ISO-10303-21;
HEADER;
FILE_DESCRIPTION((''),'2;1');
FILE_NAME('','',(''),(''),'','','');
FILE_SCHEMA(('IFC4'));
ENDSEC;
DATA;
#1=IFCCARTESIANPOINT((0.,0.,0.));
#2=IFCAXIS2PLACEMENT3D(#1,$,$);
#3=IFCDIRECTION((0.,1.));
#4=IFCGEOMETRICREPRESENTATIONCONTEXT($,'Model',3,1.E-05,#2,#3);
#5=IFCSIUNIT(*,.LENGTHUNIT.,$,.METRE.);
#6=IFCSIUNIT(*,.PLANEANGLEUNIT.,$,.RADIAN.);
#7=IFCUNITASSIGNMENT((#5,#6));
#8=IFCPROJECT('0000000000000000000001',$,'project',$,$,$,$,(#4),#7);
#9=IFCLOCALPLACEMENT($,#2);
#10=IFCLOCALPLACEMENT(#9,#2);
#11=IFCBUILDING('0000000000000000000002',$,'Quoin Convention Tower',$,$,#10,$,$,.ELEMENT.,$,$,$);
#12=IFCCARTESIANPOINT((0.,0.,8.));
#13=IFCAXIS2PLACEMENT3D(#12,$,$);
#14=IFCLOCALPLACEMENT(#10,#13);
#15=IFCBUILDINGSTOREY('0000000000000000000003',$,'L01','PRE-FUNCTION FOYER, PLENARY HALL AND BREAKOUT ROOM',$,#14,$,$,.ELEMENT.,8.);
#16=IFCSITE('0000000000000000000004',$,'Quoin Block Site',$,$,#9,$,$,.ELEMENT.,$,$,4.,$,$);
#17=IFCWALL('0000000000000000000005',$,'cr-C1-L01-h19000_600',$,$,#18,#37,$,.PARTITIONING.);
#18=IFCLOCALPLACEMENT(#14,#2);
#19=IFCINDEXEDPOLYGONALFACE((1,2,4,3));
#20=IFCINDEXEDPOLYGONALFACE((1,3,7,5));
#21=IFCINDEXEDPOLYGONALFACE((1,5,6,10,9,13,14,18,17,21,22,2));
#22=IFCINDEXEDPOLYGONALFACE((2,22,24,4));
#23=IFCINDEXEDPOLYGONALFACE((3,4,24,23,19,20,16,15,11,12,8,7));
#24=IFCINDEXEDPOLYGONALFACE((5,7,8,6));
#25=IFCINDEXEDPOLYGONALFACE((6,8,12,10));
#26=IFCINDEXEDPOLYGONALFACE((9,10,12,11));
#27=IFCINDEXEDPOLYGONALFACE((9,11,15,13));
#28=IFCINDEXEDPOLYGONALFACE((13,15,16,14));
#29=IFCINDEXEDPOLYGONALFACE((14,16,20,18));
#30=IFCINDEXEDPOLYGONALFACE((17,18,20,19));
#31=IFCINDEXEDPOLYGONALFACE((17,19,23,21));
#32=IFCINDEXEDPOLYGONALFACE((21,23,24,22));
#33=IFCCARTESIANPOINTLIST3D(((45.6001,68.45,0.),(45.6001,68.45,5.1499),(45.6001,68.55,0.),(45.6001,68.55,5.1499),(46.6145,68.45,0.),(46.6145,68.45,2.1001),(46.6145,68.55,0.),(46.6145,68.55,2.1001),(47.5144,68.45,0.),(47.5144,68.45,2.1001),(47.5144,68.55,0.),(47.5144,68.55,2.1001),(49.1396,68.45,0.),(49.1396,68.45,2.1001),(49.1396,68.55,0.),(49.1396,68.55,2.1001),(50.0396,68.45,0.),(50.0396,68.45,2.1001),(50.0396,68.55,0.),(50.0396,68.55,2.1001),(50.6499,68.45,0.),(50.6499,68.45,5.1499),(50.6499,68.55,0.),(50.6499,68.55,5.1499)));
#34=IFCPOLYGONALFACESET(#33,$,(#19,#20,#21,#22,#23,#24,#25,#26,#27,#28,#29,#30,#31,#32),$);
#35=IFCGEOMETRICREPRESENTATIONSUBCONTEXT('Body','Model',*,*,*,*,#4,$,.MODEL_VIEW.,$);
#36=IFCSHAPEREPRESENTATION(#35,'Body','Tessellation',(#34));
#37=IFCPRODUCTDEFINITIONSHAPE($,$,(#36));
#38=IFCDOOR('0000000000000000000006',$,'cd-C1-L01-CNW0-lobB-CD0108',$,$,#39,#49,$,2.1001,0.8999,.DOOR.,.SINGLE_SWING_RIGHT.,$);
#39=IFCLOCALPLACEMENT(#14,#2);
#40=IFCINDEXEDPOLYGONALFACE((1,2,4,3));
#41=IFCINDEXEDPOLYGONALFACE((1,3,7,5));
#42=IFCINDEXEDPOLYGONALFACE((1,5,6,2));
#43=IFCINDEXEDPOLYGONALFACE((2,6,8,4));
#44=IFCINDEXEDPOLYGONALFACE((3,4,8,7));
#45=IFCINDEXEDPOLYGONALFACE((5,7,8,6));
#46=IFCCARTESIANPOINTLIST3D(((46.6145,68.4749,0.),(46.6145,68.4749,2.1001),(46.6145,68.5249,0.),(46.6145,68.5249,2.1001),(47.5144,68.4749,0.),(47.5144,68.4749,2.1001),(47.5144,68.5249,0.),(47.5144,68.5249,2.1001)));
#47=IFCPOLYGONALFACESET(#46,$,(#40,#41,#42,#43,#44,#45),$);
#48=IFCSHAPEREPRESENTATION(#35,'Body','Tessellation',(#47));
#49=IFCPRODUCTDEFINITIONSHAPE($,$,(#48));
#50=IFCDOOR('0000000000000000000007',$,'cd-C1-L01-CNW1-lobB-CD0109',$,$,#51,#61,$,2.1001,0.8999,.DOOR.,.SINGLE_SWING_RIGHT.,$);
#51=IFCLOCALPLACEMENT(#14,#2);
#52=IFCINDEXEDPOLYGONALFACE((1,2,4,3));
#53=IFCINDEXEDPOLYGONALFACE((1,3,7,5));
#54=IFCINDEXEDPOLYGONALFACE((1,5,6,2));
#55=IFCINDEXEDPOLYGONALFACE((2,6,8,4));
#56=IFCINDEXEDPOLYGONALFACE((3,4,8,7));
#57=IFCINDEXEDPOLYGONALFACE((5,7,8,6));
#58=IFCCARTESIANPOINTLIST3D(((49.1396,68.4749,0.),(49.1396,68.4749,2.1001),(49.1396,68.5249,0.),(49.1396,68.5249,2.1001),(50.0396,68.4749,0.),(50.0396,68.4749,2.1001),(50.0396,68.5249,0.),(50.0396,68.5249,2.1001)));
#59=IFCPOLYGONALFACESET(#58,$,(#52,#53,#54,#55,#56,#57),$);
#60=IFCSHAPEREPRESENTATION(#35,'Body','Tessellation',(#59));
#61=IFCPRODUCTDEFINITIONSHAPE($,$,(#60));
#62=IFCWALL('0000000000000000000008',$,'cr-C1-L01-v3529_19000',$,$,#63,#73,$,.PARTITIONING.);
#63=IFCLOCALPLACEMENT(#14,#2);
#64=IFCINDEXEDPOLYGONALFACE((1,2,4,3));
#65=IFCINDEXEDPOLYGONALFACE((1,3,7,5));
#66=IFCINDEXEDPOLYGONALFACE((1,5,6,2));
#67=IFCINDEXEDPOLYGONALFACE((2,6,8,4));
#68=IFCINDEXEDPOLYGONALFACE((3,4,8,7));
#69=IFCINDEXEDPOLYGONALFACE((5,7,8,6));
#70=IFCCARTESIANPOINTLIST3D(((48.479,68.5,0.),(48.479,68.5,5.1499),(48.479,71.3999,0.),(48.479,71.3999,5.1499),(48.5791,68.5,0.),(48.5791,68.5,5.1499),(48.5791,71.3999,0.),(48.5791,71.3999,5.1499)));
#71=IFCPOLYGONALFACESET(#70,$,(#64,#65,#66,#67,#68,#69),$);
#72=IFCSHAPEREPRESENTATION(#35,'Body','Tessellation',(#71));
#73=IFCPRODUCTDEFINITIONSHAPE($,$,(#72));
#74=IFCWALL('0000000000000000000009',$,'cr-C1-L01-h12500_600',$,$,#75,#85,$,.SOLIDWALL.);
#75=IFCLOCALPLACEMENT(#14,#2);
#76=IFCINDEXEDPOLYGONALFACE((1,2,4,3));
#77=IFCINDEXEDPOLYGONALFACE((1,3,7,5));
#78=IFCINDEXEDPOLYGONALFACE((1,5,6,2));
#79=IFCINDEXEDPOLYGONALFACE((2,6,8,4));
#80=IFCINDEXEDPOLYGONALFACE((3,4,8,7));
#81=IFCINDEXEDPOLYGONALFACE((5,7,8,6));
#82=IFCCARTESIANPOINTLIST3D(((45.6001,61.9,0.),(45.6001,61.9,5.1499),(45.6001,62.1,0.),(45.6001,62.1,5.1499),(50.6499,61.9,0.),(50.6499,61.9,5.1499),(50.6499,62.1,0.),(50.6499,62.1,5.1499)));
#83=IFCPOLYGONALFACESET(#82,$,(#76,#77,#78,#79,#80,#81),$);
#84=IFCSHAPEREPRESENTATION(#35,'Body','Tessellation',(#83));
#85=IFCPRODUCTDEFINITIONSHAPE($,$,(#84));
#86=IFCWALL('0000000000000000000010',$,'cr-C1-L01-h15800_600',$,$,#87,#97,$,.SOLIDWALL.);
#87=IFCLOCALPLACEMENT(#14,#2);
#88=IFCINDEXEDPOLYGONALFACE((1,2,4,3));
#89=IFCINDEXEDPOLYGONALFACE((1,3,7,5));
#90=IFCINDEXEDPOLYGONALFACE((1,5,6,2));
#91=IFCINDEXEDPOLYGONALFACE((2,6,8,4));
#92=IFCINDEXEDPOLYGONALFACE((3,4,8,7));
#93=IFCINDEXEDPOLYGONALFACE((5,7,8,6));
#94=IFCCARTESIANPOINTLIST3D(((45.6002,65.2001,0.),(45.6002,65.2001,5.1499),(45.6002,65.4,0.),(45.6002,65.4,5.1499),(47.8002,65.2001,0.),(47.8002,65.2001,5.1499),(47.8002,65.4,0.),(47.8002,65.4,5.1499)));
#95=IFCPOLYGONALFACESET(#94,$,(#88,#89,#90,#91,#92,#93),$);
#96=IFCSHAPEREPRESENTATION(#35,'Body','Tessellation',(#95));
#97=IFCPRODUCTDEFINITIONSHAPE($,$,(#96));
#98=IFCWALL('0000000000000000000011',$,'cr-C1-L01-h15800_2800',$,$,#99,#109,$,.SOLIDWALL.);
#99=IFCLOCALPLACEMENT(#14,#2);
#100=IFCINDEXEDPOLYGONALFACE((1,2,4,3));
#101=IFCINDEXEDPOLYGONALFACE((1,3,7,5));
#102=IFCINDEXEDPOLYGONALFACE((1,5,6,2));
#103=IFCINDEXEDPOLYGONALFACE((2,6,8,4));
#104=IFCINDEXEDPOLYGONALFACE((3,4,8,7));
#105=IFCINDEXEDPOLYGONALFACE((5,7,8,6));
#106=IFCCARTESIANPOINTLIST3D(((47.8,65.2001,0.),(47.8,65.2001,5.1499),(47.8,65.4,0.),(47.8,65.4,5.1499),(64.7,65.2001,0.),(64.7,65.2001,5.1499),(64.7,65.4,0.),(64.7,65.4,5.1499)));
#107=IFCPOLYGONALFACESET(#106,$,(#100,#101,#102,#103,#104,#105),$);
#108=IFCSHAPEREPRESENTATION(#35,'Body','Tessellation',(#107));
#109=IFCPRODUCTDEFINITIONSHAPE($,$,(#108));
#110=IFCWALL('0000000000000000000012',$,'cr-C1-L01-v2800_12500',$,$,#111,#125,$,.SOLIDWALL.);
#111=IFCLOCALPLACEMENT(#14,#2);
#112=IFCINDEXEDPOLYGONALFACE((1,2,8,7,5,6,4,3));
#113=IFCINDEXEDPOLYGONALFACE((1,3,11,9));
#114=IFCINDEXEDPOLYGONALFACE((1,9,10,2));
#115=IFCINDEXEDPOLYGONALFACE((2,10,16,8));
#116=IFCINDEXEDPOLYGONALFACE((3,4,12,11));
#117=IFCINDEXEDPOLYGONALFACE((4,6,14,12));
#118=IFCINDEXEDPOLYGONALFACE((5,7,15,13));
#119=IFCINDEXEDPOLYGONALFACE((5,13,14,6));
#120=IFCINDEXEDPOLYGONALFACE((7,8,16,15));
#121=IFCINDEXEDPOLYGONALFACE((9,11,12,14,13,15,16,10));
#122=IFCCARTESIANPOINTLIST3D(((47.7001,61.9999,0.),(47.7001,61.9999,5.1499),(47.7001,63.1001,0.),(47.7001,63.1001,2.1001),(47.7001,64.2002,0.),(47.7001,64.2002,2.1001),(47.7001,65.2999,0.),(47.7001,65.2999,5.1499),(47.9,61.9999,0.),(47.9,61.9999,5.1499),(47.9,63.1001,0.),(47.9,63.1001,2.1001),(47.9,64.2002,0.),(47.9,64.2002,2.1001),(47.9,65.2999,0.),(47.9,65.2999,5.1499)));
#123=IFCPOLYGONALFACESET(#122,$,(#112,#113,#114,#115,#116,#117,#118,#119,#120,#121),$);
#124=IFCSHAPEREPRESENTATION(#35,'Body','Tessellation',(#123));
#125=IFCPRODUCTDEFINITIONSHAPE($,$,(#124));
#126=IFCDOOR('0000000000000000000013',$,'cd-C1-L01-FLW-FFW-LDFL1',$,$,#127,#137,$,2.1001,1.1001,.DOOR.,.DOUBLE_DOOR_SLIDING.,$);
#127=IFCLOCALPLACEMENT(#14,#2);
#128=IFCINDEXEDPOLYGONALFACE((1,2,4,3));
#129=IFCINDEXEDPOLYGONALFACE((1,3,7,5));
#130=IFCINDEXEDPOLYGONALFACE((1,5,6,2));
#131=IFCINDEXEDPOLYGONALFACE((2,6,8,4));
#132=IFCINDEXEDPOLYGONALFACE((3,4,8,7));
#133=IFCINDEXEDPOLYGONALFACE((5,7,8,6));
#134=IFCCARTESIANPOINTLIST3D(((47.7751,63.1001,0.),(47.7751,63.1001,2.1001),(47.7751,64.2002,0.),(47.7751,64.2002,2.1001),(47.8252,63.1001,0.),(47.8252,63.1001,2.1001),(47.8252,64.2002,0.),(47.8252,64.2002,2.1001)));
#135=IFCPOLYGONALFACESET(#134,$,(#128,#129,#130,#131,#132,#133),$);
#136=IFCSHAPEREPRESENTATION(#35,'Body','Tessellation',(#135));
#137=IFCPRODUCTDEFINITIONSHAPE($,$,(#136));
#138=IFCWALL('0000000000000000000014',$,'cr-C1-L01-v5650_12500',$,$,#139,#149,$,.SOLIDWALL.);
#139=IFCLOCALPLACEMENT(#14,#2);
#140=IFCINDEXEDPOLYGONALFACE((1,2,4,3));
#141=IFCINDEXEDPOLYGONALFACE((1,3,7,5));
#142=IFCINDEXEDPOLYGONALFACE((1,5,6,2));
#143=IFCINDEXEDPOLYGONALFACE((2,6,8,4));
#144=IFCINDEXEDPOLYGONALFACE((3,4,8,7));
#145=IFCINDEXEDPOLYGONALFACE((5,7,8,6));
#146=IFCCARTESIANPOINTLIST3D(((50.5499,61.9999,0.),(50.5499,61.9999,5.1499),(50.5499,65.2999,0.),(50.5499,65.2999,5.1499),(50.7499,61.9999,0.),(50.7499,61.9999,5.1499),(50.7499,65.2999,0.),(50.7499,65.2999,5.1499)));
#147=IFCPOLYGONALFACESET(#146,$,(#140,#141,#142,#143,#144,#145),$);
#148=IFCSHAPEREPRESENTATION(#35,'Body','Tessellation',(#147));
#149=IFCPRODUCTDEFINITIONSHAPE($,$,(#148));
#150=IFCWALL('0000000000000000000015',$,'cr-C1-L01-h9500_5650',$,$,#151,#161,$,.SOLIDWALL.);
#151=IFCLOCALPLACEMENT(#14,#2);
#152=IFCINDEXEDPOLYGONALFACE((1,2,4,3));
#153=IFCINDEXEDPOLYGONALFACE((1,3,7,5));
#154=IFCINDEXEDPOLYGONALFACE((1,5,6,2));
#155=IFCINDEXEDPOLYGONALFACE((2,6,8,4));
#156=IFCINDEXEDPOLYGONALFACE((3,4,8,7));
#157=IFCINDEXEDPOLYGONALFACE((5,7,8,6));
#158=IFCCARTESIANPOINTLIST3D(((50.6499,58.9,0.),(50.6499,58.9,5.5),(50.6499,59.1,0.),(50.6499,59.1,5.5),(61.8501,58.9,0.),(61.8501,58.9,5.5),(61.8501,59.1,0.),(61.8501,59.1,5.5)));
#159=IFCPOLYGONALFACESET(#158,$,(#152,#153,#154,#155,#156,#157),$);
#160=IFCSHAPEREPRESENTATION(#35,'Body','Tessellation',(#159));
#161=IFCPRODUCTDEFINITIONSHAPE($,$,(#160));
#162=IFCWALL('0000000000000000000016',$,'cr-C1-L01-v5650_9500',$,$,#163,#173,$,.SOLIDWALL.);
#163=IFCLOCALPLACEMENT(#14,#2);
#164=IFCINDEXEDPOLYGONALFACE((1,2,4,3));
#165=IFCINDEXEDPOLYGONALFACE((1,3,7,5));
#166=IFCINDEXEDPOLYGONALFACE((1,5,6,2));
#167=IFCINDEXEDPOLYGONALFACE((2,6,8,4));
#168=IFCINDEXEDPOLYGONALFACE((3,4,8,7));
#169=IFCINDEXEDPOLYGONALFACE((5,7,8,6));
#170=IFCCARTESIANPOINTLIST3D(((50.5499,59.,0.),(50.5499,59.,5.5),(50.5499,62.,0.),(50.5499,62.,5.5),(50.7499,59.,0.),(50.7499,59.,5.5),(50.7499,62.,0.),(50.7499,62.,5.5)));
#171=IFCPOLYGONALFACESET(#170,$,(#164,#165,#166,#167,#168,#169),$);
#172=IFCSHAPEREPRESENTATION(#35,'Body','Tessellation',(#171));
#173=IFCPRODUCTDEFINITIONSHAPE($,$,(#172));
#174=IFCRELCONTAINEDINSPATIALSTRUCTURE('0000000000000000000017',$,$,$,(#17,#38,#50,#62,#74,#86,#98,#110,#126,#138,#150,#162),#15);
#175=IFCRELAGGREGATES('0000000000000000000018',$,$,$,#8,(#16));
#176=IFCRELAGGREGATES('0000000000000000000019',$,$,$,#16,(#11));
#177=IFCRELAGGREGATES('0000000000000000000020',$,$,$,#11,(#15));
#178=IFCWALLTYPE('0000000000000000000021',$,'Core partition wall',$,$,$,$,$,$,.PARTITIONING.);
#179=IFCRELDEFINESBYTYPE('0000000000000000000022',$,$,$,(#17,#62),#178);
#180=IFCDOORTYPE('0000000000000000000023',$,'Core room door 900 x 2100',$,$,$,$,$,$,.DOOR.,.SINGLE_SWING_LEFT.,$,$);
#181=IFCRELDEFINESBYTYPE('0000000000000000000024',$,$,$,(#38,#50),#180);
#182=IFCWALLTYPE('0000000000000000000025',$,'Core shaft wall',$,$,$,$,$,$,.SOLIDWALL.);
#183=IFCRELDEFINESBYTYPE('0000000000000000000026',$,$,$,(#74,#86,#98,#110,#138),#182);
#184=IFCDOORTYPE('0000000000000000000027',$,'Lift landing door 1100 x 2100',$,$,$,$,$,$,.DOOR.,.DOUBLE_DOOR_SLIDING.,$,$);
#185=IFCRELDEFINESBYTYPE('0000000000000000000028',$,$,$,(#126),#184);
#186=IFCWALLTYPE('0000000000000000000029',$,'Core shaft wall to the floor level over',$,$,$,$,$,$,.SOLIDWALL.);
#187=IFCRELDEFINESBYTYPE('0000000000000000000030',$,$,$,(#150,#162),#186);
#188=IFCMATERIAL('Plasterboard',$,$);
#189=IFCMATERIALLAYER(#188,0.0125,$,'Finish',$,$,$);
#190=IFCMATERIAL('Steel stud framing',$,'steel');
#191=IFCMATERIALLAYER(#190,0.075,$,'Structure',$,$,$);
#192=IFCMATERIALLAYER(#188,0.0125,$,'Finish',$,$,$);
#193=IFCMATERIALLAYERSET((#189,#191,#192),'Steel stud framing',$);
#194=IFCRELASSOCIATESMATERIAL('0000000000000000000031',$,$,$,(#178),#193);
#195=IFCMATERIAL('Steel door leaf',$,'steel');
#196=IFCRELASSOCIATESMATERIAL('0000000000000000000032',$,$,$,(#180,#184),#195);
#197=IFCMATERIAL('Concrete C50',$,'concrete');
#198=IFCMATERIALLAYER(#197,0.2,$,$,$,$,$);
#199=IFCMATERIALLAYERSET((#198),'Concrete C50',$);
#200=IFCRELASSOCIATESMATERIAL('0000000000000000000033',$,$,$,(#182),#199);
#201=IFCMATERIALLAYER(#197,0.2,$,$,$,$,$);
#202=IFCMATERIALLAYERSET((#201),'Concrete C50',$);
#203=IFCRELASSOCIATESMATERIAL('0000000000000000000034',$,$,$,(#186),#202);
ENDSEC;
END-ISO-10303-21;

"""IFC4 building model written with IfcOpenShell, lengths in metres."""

from ifc_helpers import new_model, si_unit, direction, frame, frame_2d, origin, place, context, subcontext, project, spatial, rectangle, extrude, material, layer, layer_set, type_object, element, fill, save


model = new_model("IFC4")

# Units and contexts
model_context = context("Model", 3, precision=1e-05, world=origin(), true_north=direction((0.0, 1.0)))
body_context = subcontext(model_context, "Body", "Model", "MODEL_VIEW")
ifc_project = project(units=[si_unit("LENGTHUNIT", "METRE"), si_unit("PLANEANGLEUNIT", "RADIAN")], contexts=[model_context])

# Site, building, storey
site_placement = place(None, origin())
site = spatial("IfcSite", under=ifc_project, at=site_placement, Name="Quoin Block Site", CompositionType="ELEMENT", RefElevation=4.0)
building_placement = place(site_placement, origin())
building = spatial("IfcBuilding", under=site, at=building_placement, Name="Quoin Convention Tower", CompositionType="ELEMENT")
storey_placement = place(building_placement, frame((0.0, 0.0, 8.0)))
storey = spatial("IfcBuildingStorey", under=building, at=storey_placement, Name="L01", Description="PRE-FUNCTION FOYER, PLENARY HALL AND BREAKOUT ROOM", CompositionType="ELEMENT", Elevation=8.0)

# Wall, openings, doors
ifc_material_1 = material(Name="Plasterboard")
ifc_layer_1 = layer(ifc_material_1, 0.0125, Name="Finish")
ifc_material_2 = material(Name="Steel stud framing", Category="steel")
ifc_layer_2 = layer(ifc_material_2, 0.075, Name="Structure")
ifc_layer_3 = layer(ifc_material_1, 0.0125, Name="Finish")
ifc_layer_set_1 = layer_set([ifc_layer_1, ifc_layer_2, ifc_layer_3], Name="Steel stud framing")
wall_type_1 = type_object("IfcWallType", Name="Core partition wall", PredefinedType="PARTITIONING", material=ifc_layer_set_1)
wall_1_placement = place(storey_placement, frame((45.6001, 68.5, 0.0), z_axis=(0.0, 0.0, 1.0), x_axis=(1.0, 0.0, 0.0)))
wall_1 = element("IfcWall", 1, at=wall_1_placement, inside=storey, type_object=wall_type_1, Name="cr-C1-L01-h19000_600", PredefinedType="PARTITIONING", context=body_context, shape_type="SweptSolid", body=[
    extrude(rectangle(XDim=5.0498, YDim=0.1001, at=frame_2d((2.5249, 0.0))), origin(), (0.0, 0.0, 1.0), 5.1499),
])
opening_1_placement = place(wall_1_placement, frame((1.0144, 0.0, 0.0)))
opening_1 = element("IfcOpeningElement", 2, at=opening_1_placement, cuts=wall_1, PredefinedType="OPENING", context=body_context, shape_type="SweptSolid", body=[
    extrude(rectangle(XDim=0.8999, YDim=2.1001, at=frame_2d((0.45, 1.05))), frame((0.0, 0.0601, 0.0), z_axis=(0.0, -1.0, 0.0), x_axis=(1.0, 0.0, 0.0)), (0.0, 0.0, 1.0), 0.1201),
])
opening_2_placement = place(wall_1_placement, frame((3.5396, 0.0, 0.0)))
opening_2 = element("IfcOpeningElement", 3, at=opening_2_placement, cuts=wall_1, PredefinedType="OPENING", context=body_context, shape_type="SweptSolid", body=[
    extrude(rectangle(XDim=0.8999, YDim=2.1001, at=frame_2d((0.45, 1.05))), frame((0.0, 0.0601, 0.0), z_axis=(0.0, -1.0, 0.0), x_axis=(1.0, 0.0, 0.0)), (0.0, 0.0, 1.0), 0.1201),
])
ifc_material_3 = material(Name="Steel door leaf", Category="steel")
door_type_1 = type_object("IfcDoorType", Name="Core room door 900 x 2100", OperationType="SINGLE_SWING_LEFT", PredefinedType="DOOR", material=ifc_material_3)
door_1_placement = place(opening_1_placement, origin())
door_1 = element("IfcDoor", 4, at=door_1_placement, inside=storey, type_object=door_type_1, Name="cd-C1-L01-CNW0-lobB-CD0108", OperationType="SINGLE_SWING_RIGHT", OverallHeight=2.1001, OverallWidth=0.8999, PredefinedType="DOOR", context=body_context, shape_type="SweptSolid", body=[
    extrude(rectangle(XDim=0.8999, YDim=2.1001, at=frame_2d((0.45, 1.05))), frame((0.0, 0.0249, 0.0), z_axis=(0.0, -1.0, 0.0), x_axis=(1.0, 0.0, 0.0)), (0.0, 0.0, 1.0), 0.05),
])
fill(opening_1, door_1)
door_2_placement = place(opening_2_placement, origin())
door_2 = element("IfcDoor", 5, at=door_2_placement, inside=storey, type_object=door_type_1, Name="cd-C1-L01-CNW1-lobB-CD0109", OperationType="SINGLE_SWING_RIGHT", OverallHeight=2.1001, OverallWidth=0.8999, PredefinedType="DOOR", context=body_context, shape_type="SweptSolid", body=[
    extrude(rectangle(XDim=0.8999, YDim=2.1001, at=frame_2d((0.45, 1.05))), frame((0.0, 0.0249, 0.0), z_axis=(0.0, -1.0, 0.0), x_axis=(1.0, 0.0, 0.0)), (0.0, 0.0, 1.0), 0.05),
])
fill(opening_2, door_2)

# Walls
wall_2_placement = place(storey_placement, frame((48.5291, 68.5, 0.0), z_axis=(0.0, 0.0, 1.0), x_axis=(0.0, 1.0, 0.0)))
element("IfcWall", 6, at=wall_2_placement, inside=storey, type_object=wall_type_1, Name="cr-C1-L01-v3529_19000", PredefinedType="PARTITIONING", context=body_context, shape_type="SweptSolid", body=[
    extrude(rectangle(XDim=2.8999, YDim=0.1001, at=frame_2d((1.45, 0.0))), origin(), (0.0, 0.0, 1.0), 5.1499),
])
ifc_material_4 = material(Name="Concrete C50", Category="concrete")
ifc_layer_4 = layer(ifc_material_4, 0.2)
ifc_layer_set_2 = layer_set([ifc_layer_4], Name="Concrete C50")
wall_type_2 = type_object("IfcWallType", Name="Core shaft wall", PredefinedType="SOLIDWALL", material=ifc_layer_set_2)
wall_3_placement = place(storey_placement, frame((45.6001, 62.0, 0.0), z_axis=(0.0, 0.0, 1.0), x_axis=(1.0, 0.0, 0.0)))
element("IfcWall", 7, at=wall_3_placement, inside=storey, type_object=wall_type_2, Name="cr-C1-L01-h12500_600", PredefinedType="SOLIDWALL", context=body_context, shape_type="SweptSolid", body=[
    extrude(rectangle(XDim=5.0498, YDim=0.2, at=frame_2d((2.5249, 0.0))), origin(), (0.0, 0.0, 1.0), 5.1499),
])
wall_4_placement = place(storey_placement, frame((45.6001, 65.3, 0.0), z_axis=(0.0, 0.0, 1.0), x_axis=(1.0, 0.0, 0.0)))
element("IfcWall", 8, at=wall_4_placement, inside=storey, type_object=wall_type_2, Name="cr-C1-L01-h15800_600", PredefinedType="SOLIDWALL", context=body_context, shape_type="SweptSolid", body=[
    extrude(rectangle(XDim=2.2, YDim=0.2, at=frame_2d((1.1001, 0.0))), origin(), (0.0, 0.0, 1.0), 5.1499),
])
wall_5_placement = place(storey_placement, frame((47.8, 65.3, 0.0), z_axis=(0.0, 0.0, 1.0), x_axis=(1.0, 0.0, 0.0)))
element("IfcWall", 9, at=wall_5_placement, inside=storey, type_object=wall_type_2, Name="cr-C1-L01-h15800_2800", PredefinedType="SOLIDWALL", context=body_context, shape_type="SweptSolid", body=[
    extrude(rectangle(XDim=16.8999, YDim=0.2, at=frame_2d((8.45, 0.0))), origin(), (0.0, 0.0, 1.0), 5.1499),
])

# Wall, opening, door
wall_6_placement = place(storey_placement, frame((47.8, 62.0, 0.0), z_axis=(0.0, 0.0, 1.0), x_axis=(0.0, 1.0, 0.0)))
wall_6 = element("IfcWall", 10, at=wall_6_placement, inside=storey, type_object=wall_type_2, Name="cr-C1-L01-v2800_12500", PredefinedType="SOLIDWALL", context=body_context, shape_type="SweptSolid", body=[
    extrude(rectangle(XDim=3.3, YDim=0.2, at=frame_2d((1.6499, 0.0))), origin(), (0.0, 0.0, 1.0), 5.1499),
])
opening_3_placement = place(wall_6_placement, frame((1.1001, 0.0, 0.0)))
opening_3 = element("IfcOpeningElement", 11, at=opening_3_placement, cuts=wall_6, PredefinedType="OPENING", context=body_context, shape_type="SweptSolid", body=[
    extrude(rectangle(XDim=1.1001, YDim=2.1001, at=frame_2d((0.55, 1.05))), frame((0.0, 0.1099, 0.0), z_axis=(0.0, -1.0, 0.0), x_axis=(1.0, 0.0, 0.0)), (0.0, 0.0, 1.0), 0.22),
])
door_type_2 = type_object("IfcDoorType", Name="Lift landing door 1100 x 2100", OperationType="DOUBLE_DOOR_SLIDING", PredefinedType="DOOR", material=ifc_material_3)
door_3_placement = place(opening_3_placement, origin())
door_3 = element("IfcDoor", 12, at=door_3_placement, inside=storey, type_object=door_type_2, Name="cd-C1-L01-FLW-FFW-LDFL1", OperationType="DOUBLE_DOOR_SLIDING", OverallHeight=2.1001, OverallWidth=1.1001, PredefinedType="DOOR", context=body_context, shape_type="SweptSolid", body=[
    extrude(rectangle(XDim=1.1001, YDim=2.1001, at=frame_2d((0.55, 1.05))), frame((0.0, 0.0249, 0.0), z_axis=(0.0, -1.0, 0.0), x_axis=(1.0, 0.0, 0.0)), (0.0, 0.0, 1.0), 0.05),
])
fill(opening_3, door_3)

# Walls
wall_7_placement = place(storey_placement, frame((50.6499, 62.0, 0.0), z_axis=(0.0, 0.0, 1.0), x_axis=(0.0, 1.0, 0.0)))
element("IfcWall", 13, at=wall_7_placement, inside=storey, type_object=wall_type_2, Name="cr-C1-L01-v5650_12500", PredefinedType="SOLIDWALL", context=body_context, shape_type="SweptSolid", body=[
    extrude(rectangle(XDim=3.3, YDim=0.2, at=frame_2d((1.6499, 0.0))), origin(), (0.0, 0.0, 1.0), 5.1499),
])
ifc_layer_5 = layer(ifc_material_4, 0.2)
ifc_layer_set_3 = layer_set([ifc_layer_5], Name="Concrete C50")
wall_type_3 = type_object("IfcWallType", Name="Core shaft wall to the floor level over", PredefinedType="SOLIDWALL", material=ifc_layer_set_3)
wall_8_placement = place(storey_placement, frame((50.6499, 59.0, 0.0), z_axis=(0.0, 0.0, 1.0), x_axis=(1.0, 0.0, 0.0)))
element("IfcWall", 14, at=wall_8_placement, inside=storey, type_object=wall_type_3, Name="cr-C1-L01-h9500_5650", PredefinedType="SOLIDWALL", context=body_context, shape_type="SweptSolid", body=[
    extrude(rectangle(XDim=11.2002, YDim=0.2, at=frame_2d((5.6001, 0.0))), origin(), (0.0, 0.0, 1.0), 5.5),
])
wall_9_placement = place(storey_placement, frame((50.6499, 59.0, 0.0), z_axis=(0.0, 0.0, 1.0), x_axis=(0.0, 1.0, 0.0)))
element("IfcWall", 15, at=wall_9_placement, inside=storey, type_object=wall_type_3, Name="cr-C1-L01-v5650_9500", PredefinedType="SOLIDWALL", context=body_context, shape_type="SweptSolid", body=[
    extrude(rectangle(XDim=3.0, YDim=0.2, at=frame_2d((1.5, 0.0))), origin(), (0.0, 0.0, 1.0), 5.5),
])

save(model, "model.ifc")
